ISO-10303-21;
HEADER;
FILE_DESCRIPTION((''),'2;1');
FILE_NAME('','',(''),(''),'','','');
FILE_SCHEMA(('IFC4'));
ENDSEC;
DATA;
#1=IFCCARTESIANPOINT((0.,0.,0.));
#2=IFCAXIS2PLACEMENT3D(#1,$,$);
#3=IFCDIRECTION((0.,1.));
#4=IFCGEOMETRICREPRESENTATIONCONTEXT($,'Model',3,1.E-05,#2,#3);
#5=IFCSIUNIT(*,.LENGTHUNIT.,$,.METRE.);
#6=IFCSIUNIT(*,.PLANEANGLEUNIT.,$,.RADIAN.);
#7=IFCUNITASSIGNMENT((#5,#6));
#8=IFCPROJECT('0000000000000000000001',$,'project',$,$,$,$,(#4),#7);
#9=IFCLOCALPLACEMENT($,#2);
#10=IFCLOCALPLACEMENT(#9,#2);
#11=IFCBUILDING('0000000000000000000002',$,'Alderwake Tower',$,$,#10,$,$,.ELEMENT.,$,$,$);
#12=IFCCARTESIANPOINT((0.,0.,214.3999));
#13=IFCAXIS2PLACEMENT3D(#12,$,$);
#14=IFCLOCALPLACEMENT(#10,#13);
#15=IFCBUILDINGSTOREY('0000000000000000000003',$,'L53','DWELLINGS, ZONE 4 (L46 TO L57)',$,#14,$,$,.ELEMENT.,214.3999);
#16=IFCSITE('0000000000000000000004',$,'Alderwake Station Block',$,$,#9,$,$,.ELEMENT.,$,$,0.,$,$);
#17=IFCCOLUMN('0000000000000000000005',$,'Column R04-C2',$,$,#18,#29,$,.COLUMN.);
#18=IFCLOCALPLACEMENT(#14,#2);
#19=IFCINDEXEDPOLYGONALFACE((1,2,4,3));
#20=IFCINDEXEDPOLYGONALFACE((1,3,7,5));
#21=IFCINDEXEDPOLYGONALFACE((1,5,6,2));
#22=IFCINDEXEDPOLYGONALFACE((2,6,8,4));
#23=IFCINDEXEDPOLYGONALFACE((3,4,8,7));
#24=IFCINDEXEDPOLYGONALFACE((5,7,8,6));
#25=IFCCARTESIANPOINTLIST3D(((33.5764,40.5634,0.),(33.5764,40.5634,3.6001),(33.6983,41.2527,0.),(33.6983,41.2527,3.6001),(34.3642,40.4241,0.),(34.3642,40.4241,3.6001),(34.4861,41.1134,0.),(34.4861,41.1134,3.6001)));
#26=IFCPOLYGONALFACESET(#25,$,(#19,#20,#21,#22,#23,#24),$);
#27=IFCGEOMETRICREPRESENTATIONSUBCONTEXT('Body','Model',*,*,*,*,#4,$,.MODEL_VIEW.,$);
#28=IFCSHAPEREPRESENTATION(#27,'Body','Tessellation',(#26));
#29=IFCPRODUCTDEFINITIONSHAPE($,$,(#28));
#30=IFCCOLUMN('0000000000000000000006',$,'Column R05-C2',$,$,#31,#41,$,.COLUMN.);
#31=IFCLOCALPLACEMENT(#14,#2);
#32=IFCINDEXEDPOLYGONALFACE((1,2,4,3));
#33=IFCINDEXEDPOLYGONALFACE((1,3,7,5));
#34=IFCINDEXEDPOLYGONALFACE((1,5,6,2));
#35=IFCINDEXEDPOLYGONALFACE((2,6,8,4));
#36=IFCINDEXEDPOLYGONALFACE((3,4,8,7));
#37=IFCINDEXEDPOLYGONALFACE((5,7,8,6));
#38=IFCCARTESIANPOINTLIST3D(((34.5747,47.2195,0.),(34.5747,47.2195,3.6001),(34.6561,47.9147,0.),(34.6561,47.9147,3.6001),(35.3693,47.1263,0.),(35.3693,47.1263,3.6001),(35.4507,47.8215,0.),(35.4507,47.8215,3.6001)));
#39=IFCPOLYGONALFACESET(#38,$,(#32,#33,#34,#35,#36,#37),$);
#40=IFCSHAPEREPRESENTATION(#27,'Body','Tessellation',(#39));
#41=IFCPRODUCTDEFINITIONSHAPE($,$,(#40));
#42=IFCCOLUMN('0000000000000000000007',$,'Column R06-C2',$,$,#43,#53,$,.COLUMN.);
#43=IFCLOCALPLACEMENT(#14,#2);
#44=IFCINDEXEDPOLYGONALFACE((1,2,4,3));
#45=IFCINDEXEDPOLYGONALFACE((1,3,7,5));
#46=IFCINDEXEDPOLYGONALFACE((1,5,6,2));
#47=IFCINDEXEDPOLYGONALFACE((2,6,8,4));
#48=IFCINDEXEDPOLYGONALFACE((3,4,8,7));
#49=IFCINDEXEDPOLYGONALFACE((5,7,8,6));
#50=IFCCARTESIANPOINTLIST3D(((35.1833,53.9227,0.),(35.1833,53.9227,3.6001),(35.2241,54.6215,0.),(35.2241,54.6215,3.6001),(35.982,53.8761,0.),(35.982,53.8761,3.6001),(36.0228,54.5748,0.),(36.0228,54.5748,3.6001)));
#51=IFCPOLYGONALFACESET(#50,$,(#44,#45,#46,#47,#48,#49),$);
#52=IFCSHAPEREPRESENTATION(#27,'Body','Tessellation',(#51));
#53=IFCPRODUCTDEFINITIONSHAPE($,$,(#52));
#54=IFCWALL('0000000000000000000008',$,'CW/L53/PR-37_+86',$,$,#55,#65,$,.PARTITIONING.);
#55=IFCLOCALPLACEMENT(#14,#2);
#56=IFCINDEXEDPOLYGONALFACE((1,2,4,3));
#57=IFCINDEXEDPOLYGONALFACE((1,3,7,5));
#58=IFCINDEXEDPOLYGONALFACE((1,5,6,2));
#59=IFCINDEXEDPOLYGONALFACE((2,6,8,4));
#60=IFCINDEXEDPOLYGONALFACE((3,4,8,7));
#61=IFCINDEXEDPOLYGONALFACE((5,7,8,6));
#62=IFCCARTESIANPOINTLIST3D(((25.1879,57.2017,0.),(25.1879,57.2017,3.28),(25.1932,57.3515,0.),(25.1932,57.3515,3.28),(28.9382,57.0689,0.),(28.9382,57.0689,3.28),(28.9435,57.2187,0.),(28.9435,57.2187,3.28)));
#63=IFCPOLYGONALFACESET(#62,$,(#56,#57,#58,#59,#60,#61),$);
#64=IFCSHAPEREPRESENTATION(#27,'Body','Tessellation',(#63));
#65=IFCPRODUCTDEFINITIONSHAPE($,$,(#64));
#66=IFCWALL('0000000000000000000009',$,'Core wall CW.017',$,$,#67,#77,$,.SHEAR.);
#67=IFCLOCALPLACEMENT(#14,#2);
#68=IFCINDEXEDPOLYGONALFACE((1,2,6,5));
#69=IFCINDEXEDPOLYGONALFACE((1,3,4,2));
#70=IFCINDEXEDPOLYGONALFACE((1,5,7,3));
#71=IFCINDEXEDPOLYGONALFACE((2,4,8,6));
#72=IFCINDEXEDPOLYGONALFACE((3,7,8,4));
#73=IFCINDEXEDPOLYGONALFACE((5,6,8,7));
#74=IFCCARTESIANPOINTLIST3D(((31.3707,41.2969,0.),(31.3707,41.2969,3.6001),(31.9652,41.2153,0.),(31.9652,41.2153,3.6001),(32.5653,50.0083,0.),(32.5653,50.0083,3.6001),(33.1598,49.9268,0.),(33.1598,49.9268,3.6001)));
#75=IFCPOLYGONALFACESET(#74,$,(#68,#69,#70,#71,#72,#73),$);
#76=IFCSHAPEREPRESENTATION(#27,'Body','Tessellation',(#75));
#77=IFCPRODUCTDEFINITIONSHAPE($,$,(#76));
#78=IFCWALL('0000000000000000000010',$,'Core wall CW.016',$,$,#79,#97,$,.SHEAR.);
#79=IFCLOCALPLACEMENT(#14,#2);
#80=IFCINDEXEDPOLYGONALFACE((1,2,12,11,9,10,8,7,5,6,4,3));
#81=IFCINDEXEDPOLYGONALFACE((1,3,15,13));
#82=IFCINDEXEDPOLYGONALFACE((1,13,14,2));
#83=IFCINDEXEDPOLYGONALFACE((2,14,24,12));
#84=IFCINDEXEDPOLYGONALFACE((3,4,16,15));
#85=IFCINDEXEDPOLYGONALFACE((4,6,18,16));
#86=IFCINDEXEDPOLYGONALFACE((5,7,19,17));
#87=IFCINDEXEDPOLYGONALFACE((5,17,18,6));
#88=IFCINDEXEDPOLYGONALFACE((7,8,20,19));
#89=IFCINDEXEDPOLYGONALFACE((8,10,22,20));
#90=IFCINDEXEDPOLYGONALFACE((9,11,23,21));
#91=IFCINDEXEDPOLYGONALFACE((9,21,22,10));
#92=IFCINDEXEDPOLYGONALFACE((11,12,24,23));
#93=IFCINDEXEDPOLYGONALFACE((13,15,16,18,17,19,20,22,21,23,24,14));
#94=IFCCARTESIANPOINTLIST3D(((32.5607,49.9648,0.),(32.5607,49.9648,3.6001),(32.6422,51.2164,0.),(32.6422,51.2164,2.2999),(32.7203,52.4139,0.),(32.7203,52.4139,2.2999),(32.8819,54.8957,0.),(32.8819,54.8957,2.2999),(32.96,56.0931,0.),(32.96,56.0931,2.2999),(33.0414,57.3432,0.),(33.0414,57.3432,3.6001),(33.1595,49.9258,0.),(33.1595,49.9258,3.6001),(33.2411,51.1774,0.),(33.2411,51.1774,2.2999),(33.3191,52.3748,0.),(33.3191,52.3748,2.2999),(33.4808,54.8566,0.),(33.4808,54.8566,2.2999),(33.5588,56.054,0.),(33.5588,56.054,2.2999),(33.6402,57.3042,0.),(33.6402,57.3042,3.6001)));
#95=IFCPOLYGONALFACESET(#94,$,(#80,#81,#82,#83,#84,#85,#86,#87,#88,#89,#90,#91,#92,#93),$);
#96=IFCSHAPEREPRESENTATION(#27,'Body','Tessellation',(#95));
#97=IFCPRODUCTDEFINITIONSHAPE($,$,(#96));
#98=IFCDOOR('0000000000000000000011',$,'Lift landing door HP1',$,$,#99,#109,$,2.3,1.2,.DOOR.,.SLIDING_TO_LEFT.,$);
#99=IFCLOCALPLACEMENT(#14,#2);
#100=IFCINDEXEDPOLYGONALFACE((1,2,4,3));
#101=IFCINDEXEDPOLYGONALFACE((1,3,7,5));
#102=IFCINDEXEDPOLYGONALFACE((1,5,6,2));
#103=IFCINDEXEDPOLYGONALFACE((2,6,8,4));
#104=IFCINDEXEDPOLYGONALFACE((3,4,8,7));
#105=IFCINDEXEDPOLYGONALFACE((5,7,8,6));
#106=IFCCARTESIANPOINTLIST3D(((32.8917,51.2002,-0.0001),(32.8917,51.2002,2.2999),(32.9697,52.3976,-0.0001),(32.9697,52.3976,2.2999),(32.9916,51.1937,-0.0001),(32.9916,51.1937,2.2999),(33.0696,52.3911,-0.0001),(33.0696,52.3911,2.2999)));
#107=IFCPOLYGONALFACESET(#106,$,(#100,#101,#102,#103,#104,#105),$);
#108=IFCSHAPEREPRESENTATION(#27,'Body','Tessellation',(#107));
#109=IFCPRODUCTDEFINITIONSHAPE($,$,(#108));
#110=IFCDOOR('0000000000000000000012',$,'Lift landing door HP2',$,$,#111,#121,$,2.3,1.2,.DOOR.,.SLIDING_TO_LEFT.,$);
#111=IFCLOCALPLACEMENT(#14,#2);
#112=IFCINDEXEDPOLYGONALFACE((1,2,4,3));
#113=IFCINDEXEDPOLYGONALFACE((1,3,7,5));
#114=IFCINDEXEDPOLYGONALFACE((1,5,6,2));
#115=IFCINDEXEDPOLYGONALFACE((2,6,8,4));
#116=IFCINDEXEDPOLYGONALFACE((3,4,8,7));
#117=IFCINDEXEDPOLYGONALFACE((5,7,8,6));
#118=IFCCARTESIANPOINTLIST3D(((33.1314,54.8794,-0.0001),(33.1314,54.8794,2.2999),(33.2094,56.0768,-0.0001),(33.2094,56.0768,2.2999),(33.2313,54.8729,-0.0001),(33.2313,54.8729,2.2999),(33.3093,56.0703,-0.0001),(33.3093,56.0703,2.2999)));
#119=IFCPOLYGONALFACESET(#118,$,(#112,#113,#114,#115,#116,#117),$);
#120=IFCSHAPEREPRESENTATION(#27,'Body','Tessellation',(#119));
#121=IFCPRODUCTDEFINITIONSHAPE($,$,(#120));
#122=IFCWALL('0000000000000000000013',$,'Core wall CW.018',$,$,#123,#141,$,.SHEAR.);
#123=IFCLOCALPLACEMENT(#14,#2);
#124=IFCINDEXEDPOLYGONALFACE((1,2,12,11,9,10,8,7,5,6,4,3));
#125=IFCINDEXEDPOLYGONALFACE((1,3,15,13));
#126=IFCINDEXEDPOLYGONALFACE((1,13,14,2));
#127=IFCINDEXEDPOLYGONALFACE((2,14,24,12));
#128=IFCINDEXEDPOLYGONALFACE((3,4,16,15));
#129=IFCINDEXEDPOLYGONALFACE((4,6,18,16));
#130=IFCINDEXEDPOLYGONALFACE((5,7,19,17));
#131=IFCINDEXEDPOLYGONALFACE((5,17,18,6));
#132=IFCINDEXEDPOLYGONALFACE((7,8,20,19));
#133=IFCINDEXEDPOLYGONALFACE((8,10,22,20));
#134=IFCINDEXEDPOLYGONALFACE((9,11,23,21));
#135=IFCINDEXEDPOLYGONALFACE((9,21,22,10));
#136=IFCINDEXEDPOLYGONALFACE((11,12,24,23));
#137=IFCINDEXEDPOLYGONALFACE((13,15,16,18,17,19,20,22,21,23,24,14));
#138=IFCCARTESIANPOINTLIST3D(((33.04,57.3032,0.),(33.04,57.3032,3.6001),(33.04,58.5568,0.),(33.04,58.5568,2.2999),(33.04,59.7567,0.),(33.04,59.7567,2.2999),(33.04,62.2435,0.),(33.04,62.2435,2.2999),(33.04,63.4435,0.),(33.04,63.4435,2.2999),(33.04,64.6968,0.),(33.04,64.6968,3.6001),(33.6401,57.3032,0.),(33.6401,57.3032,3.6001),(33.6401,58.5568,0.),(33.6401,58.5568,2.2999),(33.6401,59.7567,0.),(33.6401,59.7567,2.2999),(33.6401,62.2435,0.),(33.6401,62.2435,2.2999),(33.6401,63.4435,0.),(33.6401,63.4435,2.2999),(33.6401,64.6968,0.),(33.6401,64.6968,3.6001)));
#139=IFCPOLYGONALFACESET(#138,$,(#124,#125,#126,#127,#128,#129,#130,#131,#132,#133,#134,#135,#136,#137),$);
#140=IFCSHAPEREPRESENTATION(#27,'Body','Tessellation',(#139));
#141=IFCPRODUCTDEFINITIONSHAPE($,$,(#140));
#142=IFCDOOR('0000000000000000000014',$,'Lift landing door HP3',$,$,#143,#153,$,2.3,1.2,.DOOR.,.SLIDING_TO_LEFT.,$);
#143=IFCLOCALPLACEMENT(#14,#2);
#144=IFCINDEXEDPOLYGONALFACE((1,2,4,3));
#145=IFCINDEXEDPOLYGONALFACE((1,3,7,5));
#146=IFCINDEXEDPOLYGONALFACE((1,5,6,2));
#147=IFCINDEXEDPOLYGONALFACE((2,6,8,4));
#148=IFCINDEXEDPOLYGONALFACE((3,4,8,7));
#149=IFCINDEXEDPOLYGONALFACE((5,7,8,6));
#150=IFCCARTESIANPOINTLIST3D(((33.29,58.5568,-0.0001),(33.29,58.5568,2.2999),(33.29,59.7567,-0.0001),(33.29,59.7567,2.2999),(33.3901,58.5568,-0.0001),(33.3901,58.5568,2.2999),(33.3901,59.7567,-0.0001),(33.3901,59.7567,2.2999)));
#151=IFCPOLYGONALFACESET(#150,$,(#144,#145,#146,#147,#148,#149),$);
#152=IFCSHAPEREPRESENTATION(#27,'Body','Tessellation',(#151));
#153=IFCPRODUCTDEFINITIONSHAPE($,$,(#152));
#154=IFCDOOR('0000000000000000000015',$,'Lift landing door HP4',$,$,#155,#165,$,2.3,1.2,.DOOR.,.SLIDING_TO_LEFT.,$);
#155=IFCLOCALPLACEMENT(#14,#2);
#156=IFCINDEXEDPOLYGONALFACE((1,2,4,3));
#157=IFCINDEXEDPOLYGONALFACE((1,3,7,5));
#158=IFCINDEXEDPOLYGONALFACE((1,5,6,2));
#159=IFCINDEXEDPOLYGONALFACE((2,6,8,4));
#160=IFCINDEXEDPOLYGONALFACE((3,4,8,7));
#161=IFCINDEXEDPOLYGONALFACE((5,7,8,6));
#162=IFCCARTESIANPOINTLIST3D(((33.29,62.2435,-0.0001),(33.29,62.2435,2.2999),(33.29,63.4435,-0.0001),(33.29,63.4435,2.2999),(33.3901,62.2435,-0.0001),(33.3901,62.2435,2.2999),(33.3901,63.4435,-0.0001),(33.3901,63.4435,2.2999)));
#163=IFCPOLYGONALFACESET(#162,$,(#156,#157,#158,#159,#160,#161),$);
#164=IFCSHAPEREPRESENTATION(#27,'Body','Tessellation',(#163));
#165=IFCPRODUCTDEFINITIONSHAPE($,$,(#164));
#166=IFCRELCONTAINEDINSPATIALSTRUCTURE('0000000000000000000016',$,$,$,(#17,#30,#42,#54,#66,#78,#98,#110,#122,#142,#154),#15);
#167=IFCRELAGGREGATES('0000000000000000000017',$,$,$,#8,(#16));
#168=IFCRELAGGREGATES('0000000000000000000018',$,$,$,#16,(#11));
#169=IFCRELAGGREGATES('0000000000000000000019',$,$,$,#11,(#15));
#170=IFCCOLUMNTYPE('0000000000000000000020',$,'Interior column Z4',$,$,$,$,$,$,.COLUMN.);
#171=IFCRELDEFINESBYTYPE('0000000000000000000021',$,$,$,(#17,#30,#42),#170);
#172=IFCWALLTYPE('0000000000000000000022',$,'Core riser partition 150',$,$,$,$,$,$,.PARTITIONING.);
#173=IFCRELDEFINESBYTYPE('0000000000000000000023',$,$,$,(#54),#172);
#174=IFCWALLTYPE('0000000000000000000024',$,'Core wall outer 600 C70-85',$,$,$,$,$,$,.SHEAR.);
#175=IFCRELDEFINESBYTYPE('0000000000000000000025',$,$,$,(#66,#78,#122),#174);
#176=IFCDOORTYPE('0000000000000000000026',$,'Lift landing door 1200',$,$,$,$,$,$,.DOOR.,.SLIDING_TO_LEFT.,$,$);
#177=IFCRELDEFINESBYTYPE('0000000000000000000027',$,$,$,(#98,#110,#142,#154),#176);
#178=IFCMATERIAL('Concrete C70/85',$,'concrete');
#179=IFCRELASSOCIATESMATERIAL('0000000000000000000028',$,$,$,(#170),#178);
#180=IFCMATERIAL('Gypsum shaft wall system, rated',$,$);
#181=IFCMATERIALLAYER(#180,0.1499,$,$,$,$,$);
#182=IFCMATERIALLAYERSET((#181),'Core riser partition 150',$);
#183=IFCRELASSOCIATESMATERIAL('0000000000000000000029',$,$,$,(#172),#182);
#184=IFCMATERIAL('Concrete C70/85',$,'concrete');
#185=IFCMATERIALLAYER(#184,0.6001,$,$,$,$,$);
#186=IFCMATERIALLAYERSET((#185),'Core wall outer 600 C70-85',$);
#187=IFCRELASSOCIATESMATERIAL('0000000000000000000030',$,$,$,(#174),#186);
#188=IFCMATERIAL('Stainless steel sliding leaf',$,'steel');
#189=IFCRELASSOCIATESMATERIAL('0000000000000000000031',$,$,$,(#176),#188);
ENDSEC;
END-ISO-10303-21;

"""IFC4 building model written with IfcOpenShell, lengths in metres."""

from ifc_helpers import new_model, si_unit, direction, frame, frame_2d, origin, origin_2d, place, context, subcontext, project, spatial, rectangle, extrude, material, layer, layer_set, material_profile, profile_set, type_object, element, fill, save


model = new_model("IFC4")

# Units and contexts
model_context = context("Model", 3, precision=1e-05, world=origin(), true_north=direction((0.0, 1.0)))
body_context = subcontext(model_context, "Body", "Model", "MODEL_VIEW")
ifc_project = project(units=[si_unit("LENGTHUNIT", "METRE"), si_unit("PLANEANGLEUNIT", "RADIAN")], contexts=[model_context])

# Site, building, storey
site_placement = place(None, origin())
site = spatial("IfcSite", under=ifc_project, at=site_placement, Name="Alderwake Station Block", CompositionType="ELEMENT", RefElevation=0.0)
building_placement = place(site_placement, origin())
building = spatial("IfcBuilding", under=site, at=building_placement, Name="Alderwake Tower", CompositionType="ELEMENT")
storey_placement = place(building_placement, frame((0.0, 0.0, 214.3999)))
storey = spatial("IfcBuildingStorey", under=building, at=storey_placement, Name="L53", Description="DWELLINGS, ZONE 4 (L46 TO L57)", CompositionType="ELEMENT", Elevation=214.3999)

# Columns
ifc_material_1 = material(Name="Concrete C70/85", Category="concrete")
ifc_material_profile = material_profile(ifc_material_1, rectangle(XDim=0.7, YDim=0.8, at=origin_2d()), Name="RC 800X700")
ifc_profile_set = profile_set([ifc_material_profile], Name="Concrete C70/85")
column_type = type_object("IfcColumnType", Name="Interior column Z4", PredefinedType="COLUMN", material=ifc_profile_set)
for number, where, z_axis, x_axis, name in (
    (1, (34.0312, 40.8384, 0.0), (0.0, 0.0, 1.0), (0.174109, 0.984726, 0.0), "Column R04-C2"),
    (2, (35.0127, 47.5205, 0.0), (0.0, 0.0, 1.0), (0.116402, 0.993202, 0.0), "Column R05-C2"),
    (3, (35.603, 54.2488, 0.0), (0.0, 0.0, 1.0), (0.058301, 0.998299, 0.0), "Column R06-C2"),
):
    element("IfcColumn", number, at=place(storey_placement, frame(where, z_axis=z_axis, x_axis=x_axis)), inside=storey, type_object=column_type, Name=name, PredefinedType="COLUMN", context=body_context, shape_type="SweptSolid", body=[
        extrude(rectangle(XDim=0.7, YDim=0.8, at=origin_2d()), origin(), (0.0, 0.0, 1.0), 3.6001),
    ])

# Walls
ifc_material_2 = material(Name="Gypsum shaft wall system, rated")
ifc_layer_1 = layer(ifc_material_2, 0.1499)
ifc_layer_set_1 = layer_set([ifc_layer_1], Name="Core riser partition 150")
wall_type_1 = type_object("IfcWallType", Name="Core riser partition 150", PredefinedType="PARTITIONING", material=ifc_layer_set_1)
wall_1_placement = place(storey_placement, frame((25.1904, 57.2766, 0.0), z_axis=(0.0, 0.0, 1.0), x_axis=(0.999374, -0.035392, 0.0)))
element("IfcWall", 4, at=wall_1_placement, inside=storey, type_object=wall_type_1, Name="CW/L53/PR-37_+86", PredefinedType="PARTITIONING", context=body_context, shape_type="SweptSolid", body=[
    extrude(rectangle(XDim=3.7527, YDim=0.1499, at=frame_2d((1.8765, 0.0))), origin(), (0.0, 0.0, 1.0), 3.28),
])
ifc_material_3 = material(Name="Concrete C70/85", Category="concrete")
ifc_layer_2 = layer(ifc_material_3, 0.6001)
ifc_layer_set_2 = layer_set([ifc_layer_2], Name="Core wall outer 600 C70-85")
wall_type_2 = type_object("IfcWallType", Name="Core wall outer 600 C70-85", PredefinedType="SHEAR", material=ifc_layer_set_2)
wall_2_placement = place(storey_placement, frame((31.668, 41.2561, 0.0), z_axis=(0.0, 0.0, 1.0), x_axis=(0.135857, 0.990729, 0.0)))
element("IfcWall", 5, at=wall_2_placement, inside=storey, type_object=wall_type_2, Name="Core wall CW.017", PredefinedType="SHEAR", context=body_context, shape_type="SweptSolid", body=[
    extrude(rectangle(XDim=8.793, YDim=0.6001, at=frame_2d((4.3965, 0.0))), origin(), (0.0, 0.0, 1.0), 3.6001),
])

# Walls, openings, doors
wall_3_placement = place(storey_placement, frame((32.8601, 49.9453, 0.0), z_axis=(0.0, 0.0, 1.0), x_axis=(0.065013, 0.997884, 0.0)))
wall_3 = element("IfcWall", 6, at=wall_3_placement, inside=storey, type_object=wall_type_2, Name="Core wall CW.016", PredefinedType="SHEAR", context=body_context, shape_type="SweptSolid", body=[
    extrude(rectangle(XDim=7.394, YDim=0.6001, at=frame_2d((3.697, 0.0))), origin(), (0.0, 0.0, 1.0), 3.6001),
])
opening_1_placement = place(wall_3_placement, frame((1.2542, 0.0, 0.0)))
opening_1 = element("IfcOpeningElement", 7, at=opening_1_placement, cuts=wall_3, PredefinedType="OPENING", context=body_context, shape_type="SweptSolid", body=[
    extrude(rectangle(XDim=1.2, YDim=2.3, at=frame_2d((0.6001, 1.1499))), frame((0.0, 0.3101, 0.0), z_axis=(0.0, -1.0, 0.0), x_axis=(1.0, 0.0, 0.0)), (0.0, 0.0, 1.0), 0.6201),
])
opening_2_placement = place(wall_3_placement, frame((4.9412, 0.0, 0.0)))
opening_2 = element("IfcOpeningElement", 8, at=opening_2_placement, cuts=wall_3, PredefinedType="OPENING", context=body_context, shape_type="SweptSolid", body=[
    extrude(rectangle(XDim=1.2, YDim=2.3, at=frame_2d((0.6001, 1.1499))), frame((0.0, 0.3101, 0.0), z_axis=(0.0, -1.0, 0.0), x_axis=(1.0, 0.0, 0.0)), (0.0, 0.0, 1.0), 0.6201),
])
ifc_material_4 = material(Name="Stainless steel sliding leaf", Category="steel")
door_type_1 = type_object("IfcDoorType", Name="Lift landing door 1200", OperationType="SLIDING_TO_LEFT", PredefinedType="DOOR", material=ifc_material_4)
door_1_placement = place(opening_1_placement, origin())
door_1 = element("IfcDoor", 9, at=door_1_placement, inside=storey, type_object=door_type_1, Name="Lift landing door HP1", OperationType="SLIDING_TO_LEFT", OverallHeight=2.3, OverallWidth=1.2, PredefinedType="DOOR", context=body_context, shape_type="SweptSolid", body=[
    extrude(rectangle(XDim=1.2, YDim=2.3, at=frame_2d((0.6001, 1.1499))), frame((0.0, 0.05, 0.0), z_axis=(0.0, -1.0, 0.0), x_axis=(1.0, 0.0, 0.0)), (0.0, 0.0, 1.0), 0.1001),
])
fill(opening_1, door_1)
door_2_placement = place(opening_2_placement, origin())
door_2 = element("IfcDoor", 10, at=door_2_placement, inside=storey, type_object=door_type_1, Name="Lift landing door HP2", OperationType="SLIDING_TO_LEFT", OverallHeight=2.3, OverallWidth=1.2, PredefinedType="DOOR", context=body_context, shape_type="SweptSolid", body=[
    extrude(rectangle(XDim=1.2, YDim=2.3, at=frame_2d((0.6001, 1.1499))), frame((0.0, 0.05, 0.0), z_axis=(0.0, -1.0, 0.0), x_axis=(1.0, 0.0, 0.0)), (0.0, 0.0, 1.0), 0.1001),
])
fill(opening_2, door_2)
wall_4_placement = place(storey_placement, frame((33.3401, 57.3032, 0.0), z_axis=(0.0, 0.0, 1.0), x_axis=(0.0, 1.0, 0.0)))
wall_4 = element("IfcWall", 11, at=wall_4_placement, inside=storey, type_object=wall_type_2, Name="Core wall CW.018", PredefinedType="SHEAR", context=body_context, shape_type="SweptSolid", body=[
    extrude(rectangle(XDim=7.3936, YDim=0.6001, at=frame_2d((3.6968, 0.0))), origin(), (0.0, 0.0, 1.0), 3.6001),
])
opening_3_placement = place(wall_4_placement, frame((1.2534, 0.0, 0.0)))
opening_3 = element("IfcOpeningElement", 12, at=opening_3_placement, cuts=wall_4, PredefinedType="OPENING", context=body_context, shape_type="SweptSolid", body=[
    extrude(rectangle(XDim=1.2, YDim=2.3, at=frame_2d((0.6001, 1.1499))), frame((0.0, 0.3101, 0.0), z_axis=(0.0, -1.0, 0.0), x_axis=(1.0, 0.0, 0.0)), (0.0, 0.0, 1.0), 0.6201),
])
opening_4_placement = place(wall_4_placement, frame((4.9402, 0.0, 0.0)))
opening_4 = element("IfcOpeningElement", 13, at=opening_4_placement, cuts=wall_4, PredefinedType="OPENING", context=body_context, shape_type="SweptSolid", body=[
    extrude(rectangle(XDim=1.2, YDim=2.3, at=frame_2d((0.6001, 1.1499))), frame((0.0, 0.3101, 0.0), z_axis=(0.0, -1.0, 0.0), x_axis=(1.0, 0.0, 0.0)), (0.0, 0.0, 1.0), 0.6201),
])
door_3_placement = place(opening_3_placement, origin())
door_3 = element("IfcDoor", 14, at=door_3_placement, inside=storey, type_object=door_type_1, Name="Lift landing door HP3", OperationType="SLIDING_TO_LEFT", OverallHeight=2.3, OverallWidth=1.2, PredefinedType="DOOR", context=body_context, shape_type="SweptSolid", body=[
    extrude(rectangle(XDim=1.2, YDim=2.3, at=frame_2d((0.6001, 1.1499))), frame((0.0, 0.05, 0.0), z_axis=(0.0, -1.0, 0.0), x_axis=(1.0, 0.0, 0.0)), (0.0, 0.0, 1.0), 0.1001),
])
fill(opening_3, door_3)
door_4_placement = place(opening_4_placement, origin())
door_4 = element("IfcDoor", 15, at=door_4_placement, inside=storey, type_object=door_type_1, Name="Lift landing door HP4", OperationType="SLIDING_TO_LEFT", OverallHeight=2.3, OverallWidth=1.2, PredefinedType="DOOR", context=body_context, shape_type="SweptSolid", body=[
    extrude(rectangle(XDim=1.2, YDim=2.3, at=frame_2d((0.6001, 1.1499))), frame((0.0, 0.05, 0.0), z_axis=(0.0, -1.0, 0.0), x_axis=(1.0, 0.0, 0.0)), (0.0, 0.0, 1.0), 0.1001),
])
fill(opening_4, door_4)

save(model, "model.ifc")
